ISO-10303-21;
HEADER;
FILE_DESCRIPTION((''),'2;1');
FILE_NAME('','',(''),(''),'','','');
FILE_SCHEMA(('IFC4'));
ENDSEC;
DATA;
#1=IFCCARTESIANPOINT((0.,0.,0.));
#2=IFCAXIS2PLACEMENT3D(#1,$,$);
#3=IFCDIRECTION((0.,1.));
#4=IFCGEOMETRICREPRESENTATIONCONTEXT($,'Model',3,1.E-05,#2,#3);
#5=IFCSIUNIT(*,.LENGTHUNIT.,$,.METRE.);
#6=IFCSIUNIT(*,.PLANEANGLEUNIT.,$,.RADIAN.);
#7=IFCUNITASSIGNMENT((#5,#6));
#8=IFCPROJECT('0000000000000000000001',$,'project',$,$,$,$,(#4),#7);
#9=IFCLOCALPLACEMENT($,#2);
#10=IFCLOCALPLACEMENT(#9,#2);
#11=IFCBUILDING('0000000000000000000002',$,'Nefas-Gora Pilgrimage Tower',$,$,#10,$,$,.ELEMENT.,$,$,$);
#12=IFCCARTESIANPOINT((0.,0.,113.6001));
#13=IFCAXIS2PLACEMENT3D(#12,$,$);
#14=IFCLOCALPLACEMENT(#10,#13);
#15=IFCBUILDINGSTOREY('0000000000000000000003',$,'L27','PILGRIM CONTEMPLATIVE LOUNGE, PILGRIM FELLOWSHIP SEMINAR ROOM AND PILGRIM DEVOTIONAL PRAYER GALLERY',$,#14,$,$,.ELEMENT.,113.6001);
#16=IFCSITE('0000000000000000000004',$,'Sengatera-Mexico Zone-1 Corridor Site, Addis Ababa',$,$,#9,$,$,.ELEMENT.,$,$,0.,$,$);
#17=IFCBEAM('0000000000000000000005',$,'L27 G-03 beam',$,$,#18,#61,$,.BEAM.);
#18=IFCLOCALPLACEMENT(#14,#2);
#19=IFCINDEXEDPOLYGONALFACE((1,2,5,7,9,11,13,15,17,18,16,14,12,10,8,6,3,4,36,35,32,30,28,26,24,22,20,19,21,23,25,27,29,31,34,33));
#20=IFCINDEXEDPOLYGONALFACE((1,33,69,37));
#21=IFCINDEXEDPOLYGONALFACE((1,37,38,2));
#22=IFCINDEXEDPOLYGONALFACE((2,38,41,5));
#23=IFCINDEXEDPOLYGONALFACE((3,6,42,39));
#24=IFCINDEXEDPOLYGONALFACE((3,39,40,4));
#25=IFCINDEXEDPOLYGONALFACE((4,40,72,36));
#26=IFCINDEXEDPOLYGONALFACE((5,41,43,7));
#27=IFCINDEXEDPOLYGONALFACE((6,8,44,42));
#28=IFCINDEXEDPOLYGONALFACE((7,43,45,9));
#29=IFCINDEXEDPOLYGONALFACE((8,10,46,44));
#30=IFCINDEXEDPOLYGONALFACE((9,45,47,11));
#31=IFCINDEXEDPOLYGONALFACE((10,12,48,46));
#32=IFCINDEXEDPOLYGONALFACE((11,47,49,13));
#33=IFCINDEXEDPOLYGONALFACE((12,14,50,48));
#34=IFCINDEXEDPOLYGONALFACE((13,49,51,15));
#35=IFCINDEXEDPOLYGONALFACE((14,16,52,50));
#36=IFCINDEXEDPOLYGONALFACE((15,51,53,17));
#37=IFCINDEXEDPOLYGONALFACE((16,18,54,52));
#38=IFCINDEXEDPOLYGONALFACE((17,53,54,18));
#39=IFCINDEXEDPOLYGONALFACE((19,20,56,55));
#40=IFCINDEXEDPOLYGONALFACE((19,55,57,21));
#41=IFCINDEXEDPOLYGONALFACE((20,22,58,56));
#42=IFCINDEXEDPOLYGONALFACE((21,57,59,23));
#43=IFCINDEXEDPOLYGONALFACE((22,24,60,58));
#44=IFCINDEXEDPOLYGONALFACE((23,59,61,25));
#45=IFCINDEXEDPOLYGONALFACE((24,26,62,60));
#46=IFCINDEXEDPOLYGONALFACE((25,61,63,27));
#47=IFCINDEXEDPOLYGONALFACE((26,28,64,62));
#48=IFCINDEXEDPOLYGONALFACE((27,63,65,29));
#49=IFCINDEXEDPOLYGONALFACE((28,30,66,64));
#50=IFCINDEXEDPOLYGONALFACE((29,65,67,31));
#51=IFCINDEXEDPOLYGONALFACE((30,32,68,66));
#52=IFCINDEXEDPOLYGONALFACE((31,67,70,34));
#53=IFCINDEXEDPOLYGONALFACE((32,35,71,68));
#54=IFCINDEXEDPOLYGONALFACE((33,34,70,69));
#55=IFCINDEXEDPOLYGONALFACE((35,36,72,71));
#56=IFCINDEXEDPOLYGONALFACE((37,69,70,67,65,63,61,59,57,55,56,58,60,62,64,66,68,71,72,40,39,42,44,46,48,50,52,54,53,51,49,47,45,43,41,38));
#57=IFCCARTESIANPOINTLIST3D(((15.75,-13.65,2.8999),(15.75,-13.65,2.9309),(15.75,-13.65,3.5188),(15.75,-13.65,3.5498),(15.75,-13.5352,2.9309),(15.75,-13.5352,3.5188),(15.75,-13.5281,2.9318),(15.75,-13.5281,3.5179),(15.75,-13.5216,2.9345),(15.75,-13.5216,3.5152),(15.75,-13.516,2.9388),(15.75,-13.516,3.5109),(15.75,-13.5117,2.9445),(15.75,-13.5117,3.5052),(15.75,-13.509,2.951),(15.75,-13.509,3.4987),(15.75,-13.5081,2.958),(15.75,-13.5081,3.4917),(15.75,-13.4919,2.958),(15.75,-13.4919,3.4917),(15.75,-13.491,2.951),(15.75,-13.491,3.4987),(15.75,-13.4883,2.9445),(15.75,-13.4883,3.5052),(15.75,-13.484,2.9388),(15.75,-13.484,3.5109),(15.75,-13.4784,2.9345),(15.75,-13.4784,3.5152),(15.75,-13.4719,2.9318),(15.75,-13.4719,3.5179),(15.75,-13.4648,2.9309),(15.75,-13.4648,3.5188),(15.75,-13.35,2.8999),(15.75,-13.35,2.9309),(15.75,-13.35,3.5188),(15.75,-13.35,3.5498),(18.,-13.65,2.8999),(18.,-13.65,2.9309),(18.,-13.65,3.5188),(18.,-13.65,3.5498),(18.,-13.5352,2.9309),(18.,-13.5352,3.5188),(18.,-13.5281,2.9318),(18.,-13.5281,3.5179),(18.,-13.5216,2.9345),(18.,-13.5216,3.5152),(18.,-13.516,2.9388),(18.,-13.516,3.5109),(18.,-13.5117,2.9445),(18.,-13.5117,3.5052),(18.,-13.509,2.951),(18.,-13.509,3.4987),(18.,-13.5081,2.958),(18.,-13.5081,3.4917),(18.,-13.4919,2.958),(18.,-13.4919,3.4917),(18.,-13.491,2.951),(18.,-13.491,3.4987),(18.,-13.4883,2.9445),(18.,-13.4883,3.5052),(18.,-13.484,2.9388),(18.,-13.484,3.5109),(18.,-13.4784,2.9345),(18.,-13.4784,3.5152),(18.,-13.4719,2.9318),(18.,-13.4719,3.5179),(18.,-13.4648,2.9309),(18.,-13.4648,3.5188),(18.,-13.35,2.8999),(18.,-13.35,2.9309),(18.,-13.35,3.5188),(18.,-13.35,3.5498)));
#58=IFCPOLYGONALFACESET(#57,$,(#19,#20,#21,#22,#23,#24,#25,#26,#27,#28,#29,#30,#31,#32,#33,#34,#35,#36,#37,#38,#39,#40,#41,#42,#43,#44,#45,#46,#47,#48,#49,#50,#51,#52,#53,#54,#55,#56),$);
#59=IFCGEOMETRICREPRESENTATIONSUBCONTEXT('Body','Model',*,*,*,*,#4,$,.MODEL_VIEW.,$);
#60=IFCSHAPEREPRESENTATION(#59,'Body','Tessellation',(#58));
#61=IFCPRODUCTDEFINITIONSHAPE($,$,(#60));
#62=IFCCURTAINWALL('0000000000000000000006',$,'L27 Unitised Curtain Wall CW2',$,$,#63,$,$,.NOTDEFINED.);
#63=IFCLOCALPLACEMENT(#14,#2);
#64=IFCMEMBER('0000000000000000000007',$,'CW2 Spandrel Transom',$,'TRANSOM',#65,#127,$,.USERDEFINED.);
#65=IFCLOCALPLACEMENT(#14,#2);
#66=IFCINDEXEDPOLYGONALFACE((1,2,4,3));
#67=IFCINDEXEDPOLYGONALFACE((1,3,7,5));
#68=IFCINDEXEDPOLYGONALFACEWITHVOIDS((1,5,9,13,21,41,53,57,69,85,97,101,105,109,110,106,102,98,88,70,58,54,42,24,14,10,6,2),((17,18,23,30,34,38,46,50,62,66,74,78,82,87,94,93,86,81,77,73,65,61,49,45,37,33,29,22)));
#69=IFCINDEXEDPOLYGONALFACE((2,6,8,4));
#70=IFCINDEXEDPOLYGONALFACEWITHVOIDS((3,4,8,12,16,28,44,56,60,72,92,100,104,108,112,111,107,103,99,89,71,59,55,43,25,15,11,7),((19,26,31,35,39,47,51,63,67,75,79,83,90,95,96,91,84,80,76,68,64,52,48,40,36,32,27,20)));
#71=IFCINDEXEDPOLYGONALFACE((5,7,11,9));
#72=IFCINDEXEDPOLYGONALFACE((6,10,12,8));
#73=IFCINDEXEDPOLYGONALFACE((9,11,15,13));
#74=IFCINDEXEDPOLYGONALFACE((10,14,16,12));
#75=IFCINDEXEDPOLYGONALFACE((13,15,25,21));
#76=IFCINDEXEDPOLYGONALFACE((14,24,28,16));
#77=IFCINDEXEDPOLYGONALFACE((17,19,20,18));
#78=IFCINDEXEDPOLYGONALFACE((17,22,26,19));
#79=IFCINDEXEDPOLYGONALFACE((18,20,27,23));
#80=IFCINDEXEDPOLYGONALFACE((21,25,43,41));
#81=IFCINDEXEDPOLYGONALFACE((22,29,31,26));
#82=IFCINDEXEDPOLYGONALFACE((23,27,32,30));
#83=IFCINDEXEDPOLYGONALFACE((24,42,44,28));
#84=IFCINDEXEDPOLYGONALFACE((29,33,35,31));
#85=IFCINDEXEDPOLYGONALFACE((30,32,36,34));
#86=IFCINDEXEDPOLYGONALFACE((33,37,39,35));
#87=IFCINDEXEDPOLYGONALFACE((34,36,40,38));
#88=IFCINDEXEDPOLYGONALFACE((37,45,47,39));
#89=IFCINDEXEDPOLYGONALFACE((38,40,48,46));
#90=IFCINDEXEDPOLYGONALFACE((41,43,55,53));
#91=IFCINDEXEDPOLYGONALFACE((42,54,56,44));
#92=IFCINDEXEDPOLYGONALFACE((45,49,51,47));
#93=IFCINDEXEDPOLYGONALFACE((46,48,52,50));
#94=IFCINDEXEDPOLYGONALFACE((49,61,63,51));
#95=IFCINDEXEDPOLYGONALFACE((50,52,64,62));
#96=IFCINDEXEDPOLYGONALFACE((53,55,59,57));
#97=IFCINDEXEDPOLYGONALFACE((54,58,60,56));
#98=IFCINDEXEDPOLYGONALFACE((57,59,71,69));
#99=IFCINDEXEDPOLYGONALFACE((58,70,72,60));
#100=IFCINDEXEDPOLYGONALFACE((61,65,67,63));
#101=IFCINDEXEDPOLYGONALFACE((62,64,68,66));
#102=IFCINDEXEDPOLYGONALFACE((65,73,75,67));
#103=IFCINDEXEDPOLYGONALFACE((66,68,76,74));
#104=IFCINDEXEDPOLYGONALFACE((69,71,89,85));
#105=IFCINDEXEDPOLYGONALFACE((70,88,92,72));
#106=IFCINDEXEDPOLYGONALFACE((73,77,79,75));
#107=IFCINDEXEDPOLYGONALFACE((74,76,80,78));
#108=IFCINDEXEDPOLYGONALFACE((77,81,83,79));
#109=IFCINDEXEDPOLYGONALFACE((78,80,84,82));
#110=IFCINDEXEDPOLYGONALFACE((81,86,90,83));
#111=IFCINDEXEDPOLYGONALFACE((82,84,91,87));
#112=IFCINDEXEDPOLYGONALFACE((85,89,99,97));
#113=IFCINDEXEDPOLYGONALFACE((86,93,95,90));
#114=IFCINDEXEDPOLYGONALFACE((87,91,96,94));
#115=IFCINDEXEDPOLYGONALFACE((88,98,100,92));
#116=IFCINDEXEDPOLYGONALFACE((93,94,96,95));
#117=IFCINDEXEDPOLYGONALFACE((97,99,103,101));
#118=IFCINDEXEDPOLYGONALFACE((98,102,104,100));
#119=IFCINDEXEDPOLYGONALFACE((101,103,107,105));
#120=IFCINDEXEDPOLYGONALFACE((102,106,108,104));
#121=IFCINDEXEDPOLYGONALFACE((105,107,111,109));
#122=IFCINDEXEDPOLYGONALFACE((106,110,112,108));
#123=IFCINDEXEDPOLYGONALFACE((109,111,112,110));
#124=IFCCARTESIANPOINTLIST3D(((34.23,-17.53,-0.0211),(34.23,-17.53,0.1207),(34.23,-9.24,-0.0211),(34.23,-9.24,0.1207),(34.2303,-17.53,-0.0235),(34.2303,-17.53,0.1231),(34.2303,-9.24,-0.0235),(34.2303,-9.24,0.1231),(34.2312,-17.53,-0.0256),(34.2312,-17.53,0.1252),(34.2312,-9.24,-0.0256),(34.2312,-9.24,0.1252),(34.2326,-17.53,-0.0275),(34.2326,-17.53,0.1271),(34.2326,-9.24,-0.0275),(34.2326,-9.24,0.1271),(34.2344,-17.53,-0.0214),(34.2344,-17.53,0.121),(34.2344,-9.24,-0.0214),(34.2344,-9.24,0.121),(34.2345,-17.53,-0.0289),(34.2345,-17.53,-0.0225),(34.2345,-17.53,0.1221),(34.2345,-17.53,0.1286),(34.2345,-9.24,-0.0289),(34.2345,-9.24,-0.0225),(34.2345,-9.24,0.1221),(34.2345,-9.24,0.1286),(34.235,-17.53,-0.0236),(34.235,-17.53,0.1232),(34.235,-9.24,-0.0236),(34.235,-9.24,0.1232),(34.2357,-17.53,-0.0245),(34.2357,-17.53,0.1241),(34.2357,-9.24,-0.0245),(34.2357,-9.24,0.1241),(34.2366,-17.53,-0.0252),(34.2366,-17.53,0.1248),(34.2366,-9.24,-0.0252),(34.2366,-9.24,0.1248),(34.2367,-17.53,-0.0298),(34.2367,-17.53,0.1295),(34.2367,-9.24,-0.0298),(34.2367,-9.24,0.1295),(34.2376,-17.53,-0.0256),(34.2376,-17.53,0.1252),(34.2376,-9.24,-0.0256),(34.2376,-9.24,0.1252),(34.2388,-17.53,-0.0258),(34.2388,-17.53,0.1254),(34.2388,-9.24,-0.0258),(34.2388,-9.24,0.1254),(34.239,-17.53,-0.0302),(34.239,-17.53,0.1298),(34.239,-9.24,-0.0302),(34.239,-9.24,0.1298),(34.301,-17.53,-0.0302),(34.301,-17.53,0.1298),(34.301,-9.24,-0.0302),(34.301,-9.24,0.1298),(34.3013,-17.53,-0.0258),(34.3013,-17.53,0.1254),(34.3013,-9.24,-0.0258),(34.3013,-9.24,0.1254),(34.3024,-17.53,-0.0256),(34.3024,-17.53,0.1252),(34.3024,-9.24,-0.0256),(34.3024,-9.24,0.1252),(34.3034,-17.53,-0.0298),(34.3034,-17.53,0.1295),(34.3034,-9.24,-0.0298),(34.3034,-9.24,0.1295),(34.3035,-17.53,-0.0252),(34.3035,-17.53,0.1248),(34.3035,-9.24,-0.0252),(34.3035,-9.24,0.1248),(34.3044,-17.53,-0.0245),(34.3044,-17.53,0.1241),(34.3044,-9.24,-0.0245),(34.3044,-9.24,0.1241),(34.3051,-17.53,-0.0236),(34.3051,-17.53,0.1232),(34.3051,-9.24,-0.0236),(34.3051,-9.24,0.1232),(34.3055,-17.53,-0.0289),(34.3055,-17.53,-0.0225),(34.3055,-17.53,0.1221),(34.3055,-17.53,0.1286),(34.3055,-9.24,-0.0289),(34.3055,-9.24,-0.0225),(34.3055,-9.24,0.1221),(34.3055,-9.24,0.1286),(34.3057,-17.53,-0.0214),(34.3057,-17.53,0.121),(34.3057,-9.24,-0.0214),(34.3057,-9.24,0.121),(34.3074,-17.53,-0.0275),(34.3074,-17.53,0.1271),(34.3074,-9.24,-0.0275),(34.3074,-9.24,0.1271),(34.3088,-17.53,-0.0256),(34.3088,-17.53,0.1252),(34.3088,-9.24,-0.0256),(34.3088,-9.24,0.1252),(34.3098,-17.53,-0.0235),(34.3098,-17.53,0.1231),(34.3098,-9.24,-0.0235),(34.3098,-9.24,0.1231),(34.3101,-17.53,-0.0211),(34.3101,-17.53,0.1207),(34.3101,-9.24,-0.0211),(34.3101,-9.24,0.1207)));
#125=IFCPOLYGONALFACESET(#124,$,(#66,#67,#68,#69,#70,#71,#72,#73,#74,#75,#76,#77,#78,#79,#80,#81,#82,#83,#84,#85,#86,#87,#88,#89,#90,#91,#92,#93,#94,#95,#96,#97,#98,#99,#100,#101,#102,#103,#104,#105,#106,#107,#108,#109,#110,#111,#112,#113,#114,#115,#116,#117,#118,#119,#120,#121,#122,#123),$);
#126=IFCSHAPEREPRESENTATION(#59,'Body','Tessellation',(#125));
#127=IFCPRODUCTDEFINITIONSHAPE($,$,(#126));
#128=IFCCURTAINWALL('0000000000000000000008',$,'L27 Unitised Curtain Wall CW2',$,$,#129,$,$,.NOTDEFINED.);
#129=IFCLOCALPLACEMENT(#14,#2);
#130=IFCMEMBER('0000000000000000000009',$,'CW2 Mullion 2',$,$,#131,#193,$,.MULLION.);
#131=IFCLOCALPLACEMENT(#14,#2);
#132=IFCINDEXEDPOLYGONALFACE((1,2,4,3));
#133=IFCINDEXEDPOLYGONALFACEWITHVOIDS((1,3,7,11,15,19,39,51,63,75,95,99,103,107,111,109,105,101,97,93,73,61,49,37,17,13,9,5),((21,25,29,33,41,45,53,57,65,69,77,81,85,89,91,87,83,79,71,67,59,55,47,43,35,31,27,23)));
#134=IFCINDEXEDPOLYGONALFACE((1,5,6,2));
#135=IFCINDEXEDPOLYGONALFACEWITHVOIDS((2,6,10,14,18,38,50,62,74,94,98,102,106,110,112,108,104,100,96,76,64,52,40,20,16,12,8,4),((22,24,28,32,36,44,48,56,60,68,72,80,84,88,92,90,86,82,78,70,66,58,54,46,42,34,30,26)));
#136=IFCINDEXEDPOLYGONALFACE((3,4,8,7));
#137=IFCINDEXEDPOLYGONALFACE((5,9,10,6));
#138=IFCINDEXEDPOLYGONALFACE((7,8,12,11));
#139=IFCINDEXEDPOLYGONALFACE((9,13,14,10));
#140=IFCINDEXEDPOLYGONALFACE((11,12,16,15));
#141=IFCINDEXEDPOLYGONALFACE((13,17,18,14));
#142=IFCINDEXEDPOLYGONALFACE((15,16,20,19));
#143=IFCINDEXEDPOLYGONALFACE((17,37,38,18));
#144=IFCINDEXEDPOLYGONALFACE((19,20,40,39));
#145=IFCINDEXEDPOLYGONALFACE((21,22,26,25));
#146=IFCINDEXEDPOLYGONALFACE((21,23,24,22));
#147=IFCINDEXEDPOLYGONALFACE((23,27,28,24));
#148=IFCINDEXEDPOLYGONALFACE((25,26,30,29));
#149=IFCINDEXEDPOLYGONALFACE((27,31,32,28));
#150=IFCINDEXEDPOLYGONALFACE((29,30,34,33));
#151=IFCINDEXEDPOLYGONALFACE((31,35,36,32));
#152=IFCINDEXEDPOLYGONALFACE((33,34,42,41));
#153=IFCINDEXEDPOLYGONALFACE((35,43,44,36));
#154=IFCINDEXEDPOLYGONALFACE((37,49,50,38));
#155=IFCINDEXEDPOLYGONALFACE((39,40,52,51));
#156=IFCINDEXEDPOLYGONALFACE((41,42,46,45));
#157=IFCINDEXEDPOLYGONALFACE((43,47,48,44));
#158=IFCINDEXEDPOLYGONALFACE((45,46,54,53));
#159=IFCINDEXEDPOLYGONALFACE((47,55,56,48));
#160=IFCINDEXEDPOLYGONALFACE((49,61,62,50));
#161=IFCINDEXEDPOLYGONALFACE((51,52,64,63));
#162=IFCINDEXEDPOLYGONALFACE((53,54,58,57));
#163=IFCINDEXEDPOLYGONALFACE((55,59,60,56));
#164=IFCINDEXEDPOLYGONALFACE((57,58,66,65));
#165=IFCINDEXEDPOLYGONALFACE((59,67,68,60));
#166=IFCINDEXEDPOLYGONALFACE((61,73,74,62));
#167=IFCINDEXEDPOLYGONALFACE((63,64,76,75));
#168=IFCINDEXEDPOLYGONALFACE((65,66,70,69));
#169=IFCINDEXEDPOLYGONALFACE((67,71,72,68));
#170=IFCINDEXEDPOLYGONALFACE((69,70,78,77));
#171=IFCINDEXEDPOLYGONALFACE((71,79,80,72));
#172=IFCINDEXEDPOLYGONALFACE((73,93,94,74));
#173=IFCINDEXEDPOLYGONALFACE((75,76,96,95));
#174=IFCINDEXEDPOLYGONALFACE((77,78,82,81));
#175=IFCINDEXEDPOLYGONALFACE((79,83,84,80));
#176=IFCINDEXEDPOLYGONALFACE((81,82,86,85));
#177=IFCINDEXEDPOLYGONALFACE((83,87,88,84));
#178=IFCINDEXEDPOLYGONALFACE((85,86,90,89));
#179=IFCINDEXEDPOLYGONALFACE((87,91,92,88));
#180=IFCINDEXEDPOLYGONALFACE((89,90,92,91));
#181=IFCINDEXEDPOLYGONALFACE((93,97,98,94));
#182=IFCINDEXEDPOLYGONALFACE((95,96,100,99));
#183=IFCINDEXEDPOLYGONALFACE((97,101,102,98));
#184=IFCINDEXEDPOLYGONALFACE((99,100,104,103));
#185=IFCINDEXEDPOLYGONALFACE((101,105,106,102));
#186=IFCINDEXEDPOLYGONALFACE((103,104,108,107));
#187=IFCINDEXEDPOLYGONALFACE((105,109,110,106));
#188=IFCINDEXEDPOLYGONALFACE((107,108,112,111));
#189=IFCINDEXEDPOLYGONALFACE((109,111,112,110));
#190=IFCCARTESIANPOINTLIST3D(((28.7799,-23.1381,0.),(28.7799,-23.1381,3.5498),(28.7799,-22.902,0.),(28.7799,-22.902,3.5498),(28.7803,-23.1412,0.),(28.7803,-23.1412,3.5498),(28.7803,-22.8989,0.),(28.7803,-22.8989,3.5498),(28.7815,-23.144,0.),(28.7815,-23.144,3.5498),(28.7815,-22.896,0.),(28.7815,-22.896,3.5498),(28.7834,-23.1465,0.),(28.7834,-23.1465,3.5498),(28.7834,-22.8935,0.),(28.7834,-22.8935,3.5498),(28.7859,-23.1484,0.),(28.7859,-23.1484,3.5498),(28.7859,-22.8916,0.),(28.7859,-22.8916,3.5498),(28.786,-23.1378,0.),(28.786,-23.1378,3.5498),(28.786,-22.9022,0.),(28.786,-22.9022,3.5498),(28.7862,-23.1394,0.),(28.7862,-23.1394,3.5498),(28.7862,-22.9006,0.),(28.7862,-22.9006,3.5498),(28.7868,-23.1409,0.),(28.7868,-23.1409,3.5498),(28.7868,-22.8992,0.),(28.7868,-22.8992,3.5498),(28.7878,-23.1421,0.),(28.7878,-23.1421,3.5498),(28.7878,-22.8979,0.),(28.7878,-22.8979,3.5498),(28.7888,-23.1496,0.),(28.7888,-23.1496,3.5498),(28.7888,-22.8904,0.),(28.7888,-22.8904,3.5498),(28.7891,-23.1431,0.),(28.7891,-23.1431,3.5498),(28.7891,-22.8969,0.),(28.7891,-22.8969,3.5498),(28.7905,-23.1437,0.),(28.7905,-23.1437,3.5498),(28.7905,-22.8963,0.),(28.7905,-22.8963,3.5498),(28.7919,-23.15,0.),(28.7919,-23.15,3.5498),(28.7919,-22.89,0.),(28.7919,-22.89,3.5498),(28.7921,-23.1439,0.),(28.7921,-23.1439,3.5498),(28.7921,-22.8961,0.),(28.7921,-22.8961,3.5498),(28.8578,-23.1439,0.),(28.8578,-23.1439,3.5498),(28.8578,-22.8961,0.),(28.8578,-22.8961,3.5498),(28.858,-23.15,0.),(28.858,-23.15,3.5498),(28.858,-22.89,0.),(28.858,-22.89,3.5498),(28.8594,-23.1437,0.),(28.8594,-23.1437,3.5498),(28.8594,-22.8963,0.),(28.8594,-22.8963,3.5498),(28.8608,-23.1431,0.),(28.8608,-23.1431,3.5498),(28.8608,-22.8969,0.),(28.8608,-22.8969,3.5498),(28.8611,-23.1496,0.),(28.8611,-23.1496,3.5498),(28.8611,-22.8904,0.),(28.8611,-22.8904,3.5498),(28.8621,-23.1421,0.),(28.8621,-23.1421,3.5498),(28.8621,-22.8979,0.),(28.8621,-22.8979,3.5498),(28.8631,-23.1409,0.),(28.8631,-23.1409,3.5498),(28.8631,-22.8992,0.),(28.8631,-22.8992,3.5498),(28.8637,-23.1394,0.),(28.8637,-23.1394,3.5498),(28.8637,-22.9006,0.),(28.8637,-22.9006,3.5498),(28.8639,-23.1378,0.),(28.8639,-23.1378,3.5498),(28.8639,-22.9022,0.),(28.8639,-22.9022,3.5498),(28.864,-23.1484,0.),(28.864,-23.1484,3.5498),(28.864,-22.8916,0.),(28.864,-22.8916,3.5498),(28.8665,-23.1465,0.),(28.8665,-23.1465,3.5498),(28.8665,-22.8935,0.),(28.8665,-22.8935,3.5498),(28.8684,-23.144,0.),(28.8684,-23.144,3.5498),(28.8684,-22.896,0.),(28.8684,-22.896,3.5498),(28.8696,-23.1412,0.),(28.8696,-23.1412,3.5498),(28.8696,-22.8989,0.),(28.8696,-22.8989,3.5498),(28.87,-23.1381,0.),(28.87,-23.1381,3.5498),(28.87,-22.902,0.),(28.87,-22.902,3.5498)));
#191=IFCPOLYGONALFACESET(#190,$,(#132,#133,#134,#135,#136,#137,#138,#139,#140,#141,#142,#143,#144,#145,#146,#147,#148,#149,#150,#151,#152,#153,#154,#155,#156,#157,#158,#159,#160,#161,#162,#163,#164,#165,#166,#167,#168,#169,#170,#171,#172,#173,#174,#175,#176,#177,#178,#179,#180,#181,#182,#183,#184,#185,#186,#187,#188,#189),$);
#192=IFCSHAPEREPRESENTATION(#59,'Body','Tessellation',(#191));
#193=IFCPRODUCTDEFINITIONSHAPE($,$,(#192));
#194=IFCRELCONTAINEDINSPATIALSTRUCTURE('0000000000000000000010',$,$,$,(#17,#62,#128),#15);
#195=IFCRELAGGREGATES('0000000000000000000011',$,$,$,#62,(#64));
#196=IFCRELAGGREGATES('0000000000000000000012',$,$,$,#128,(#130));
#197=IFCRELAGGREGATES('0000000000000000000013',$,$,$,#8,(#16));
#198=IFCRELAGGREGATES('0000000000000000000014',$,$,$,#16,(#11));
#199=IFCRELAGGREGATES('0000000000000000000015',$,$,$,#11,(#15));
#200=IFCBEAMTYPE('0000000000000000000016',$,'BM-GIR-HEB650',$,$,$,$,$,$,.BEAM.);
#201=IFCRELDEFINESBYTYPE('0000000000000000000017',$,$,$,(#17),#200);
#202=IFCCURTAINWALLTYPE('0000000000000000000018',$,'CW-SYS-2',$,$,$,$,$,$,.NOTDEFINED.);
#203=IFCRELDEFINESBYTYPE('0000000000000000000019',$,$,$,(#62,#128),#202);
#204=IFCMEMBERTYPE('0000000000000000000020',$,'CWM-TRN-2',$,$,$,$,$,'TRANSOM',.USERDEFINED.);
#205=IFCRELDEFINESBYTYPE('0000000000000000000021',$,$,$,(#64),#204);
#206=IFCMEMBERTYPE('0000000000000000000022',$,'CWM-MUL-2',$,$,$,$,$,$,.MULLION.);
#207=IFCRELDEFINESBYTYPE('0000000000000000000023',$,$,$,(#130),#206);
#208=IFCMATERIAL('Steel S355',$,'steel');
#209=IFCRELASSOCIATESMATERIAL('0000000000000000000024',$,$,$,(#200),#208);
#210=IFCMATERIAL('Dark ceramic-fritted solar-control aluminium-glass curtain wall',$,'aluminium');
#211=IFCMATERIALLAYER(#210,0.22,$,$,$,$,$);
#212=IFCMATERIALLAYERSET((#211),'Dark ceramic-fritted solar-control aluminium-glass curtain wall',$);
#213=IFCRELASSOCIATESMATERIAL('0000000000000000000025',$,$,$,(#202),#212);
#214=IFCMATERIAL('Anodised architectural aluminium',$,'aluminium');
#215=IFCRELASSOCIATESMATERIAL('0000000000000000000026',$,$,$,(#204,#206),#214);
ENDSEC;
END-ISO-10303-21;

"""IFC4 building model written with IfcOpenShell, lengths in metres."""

from ifc_helpers import new_model, si_unit, direction, frame, origin, origin_2d, place, context, subcontext, project, spatial, hollow_rectangle, i_section, extrude, source, transform, mapped, material, layer, layer_set, material_profile, profile_set, type_object, element, aggregate, save


model = new_model("IFC4")

# Units and contexts
model_context = context("Model", 3, precision=1e-05, world=origin(), true_north=direction((0.0, 1.0)))
body_context = subcontext(model_context, "Body", "Model", "MODEL_VIEW")
ifc_project = project(units=[si_unit("LENGTHUNIT", "METRE"), si_unit("PLANEANGLEUNIT", "RADIAN")], contexts=[model_context])

# Site, building, storey
site_placement = place(None, origin())
site = spatial("IfcSite", under=ifc_project, at=site_placement, Name="Sengatera-Mexico Zone-1 Corridor Site, Addis Ababa", CompositionType="ELEMENT", RefElevation=0.0)
building_placement = place(site_placement, origin())
building = spatial("IfcBuilding", under=site, at=building_placement, Name="Nefas-Gora Pilgrimage Tower", CompositionType="ELEMENT")
storey_placement = place(building_placement, frame((0.0, 0.0, 113.6001)))
storey = spatial("IfcBuildingStorey", under=building, at=storey_placement, Name="L27", Description="PILGRIM CONTEMPLATIVE LOUNGE, PILGRIM FELLOWSHIP SEMINAR ROOM AND PILGRIM DEVOTIONAL PRAYER GALLERY", CompositionType="ELEMENT", Elevation=113.6001)

# Beam
ifc_material_1 = material(Name="Steel S355", Category="steel")
ifc_material_profile_1 = material_profile(ifc_material_1, i_section(OverallWidth=0.3, OverallDepth=0.6499, WebThickness=0.0161, FlangeThickness=0.031, FilletRadius=0.0271, at=origin_2d()), Name="HEB 650")
ifc_profile_set_1 = profile_set([ifc_material_profile_1], Name="Steel S355")
beam_type_1 = type_object("IfcBeamType", Name="BM-GIR-HEB650", PredefinedType="BEAM", material=ifc_profile_set_1)
shared_shape_1 = source(origin(), body_context, "Body", "SweptSolid", [
    extrude(i_section(OverallWidth=0.3, OverallDepth=0.6499, WebThickness=0.0161, FlangeThickness=0.031, FilletRadius=0.0271, at=origin_2d()), origin(), (0.0, 0.0, 1.0), 2.25),
])
beam_1_placement = place(storey_placement, frame((15.75, -13.5, 3.2249), z_axis=(1.0, 0.0, 0.0), x_axis=(0.0, 1.0, 0.0)))
element("IfcBeam", 1, at=beam_1_placement, inside=storey, type_object=beam_type_1, Name="L27 G-03 beam", PredefinedType="BEAM", context=body_context, shape_type="MappedRepresentation", body=[
    mapped(shared_shape_1, transform((0.0, 0.0, 0.0), x_axis=(1.0, 0.0, 0.0), y_axis=(0.0, 1.0, 0.0), z_axis=(0.0, 0.0, 1.0), scale=1.0)),
])

# Curtain walls, members
ifc_material_2 = material(Name="Dark ceramic-fritted solar-control aluminium-glass curtain wall", Category="aluminium")
ifc_layer_1 = layer(ifc_material_2, 0.22)
ifc_layer_set_1 = layer_set([ifc_layer_1], Name="Dark ceramic-fritted solar-control aluminium-glass curtain wall")
curtain_wall_type = type_object("IfcCurtainWallType", Name="CW-SYS-2", PredefinedType="NOTDEFINED", material=ifc_layer_set_1)
curtain_wall_1_placement = place(storey_placement, origin())
curtain_wall_1 = element("IfcCurtainWall", 2, at=curtain_wall_1_placement, inside=storey, type_object=curtain_wall_type, Name="L27 Unitised Curtain Wall CW2", PredefinedType="NOTDEFINED")
ifc_material_3 = material(Name="Anodised architectural aluminium", Category="aluminium")
ifc_material_profile_2 = material_profile(ifc_material_3, hollow_rectangle(XDim=0.0801, YDim=0.1599, WallThickness=0.0044, InnerFilletRadius=0.0044, OuterFilletRadius=0.009, at=origin_2d()), Name="ALU TRANSOM 80x160")
ifc_profile_set_2 = profile_set([ifc_material_profile_2], Name="Anodised architectural aluminium")
member_type_1 = type_object("IfcMemberType", Name="CWM-TRN-2", ElementType="TRANSOM", PredefinedType="USERDEFINED", material=ifc_profile_set_2)
shared_shape_2 = source(origin(), body_context, "Body", "SweptSolid", [
    extrude(hollow_rectangle(XDim=0.0801, YDim=0.1599, WallThickness=0.0044, InnerFilletRadius=0.0044, OuterFilletRadius=0.009, at=origin_2d()), origin(), (0.0, 0.0, 1.0), 8.29),
])
member_1_placement = place(storey_placement, frame((34.27, -17.53, 0.0498), z_axis=(0.0, 1.0, 0.0), x_axis=(-1.0, 0.0, 0.0)))
member_1 = element("IfcMember", 3, at=member_1_placement, type_object=member_type_1, Name="CW2 Spandrel Transom", ObjectType="TRANSOM", PredefinedType="USERDEFINED", context=body_context, shape_type="MappedRepresentation", body=[
    mapped(shared_shape_2, transform((0.0, 0.0, 0.0), x_axis=(1.0, 0.0, 0.0), y_axis=(0.0, 1.0, 0.0), z_axis=(0.0, 0.0, 1.0), scale=1.0)),
])
curtain_wall_2_placement = place(storey_placement, origin())
curtain_wall_2 = element("IfcCurtainWall", 4, at=curtain_wall_2_placement, inside=storey, type_object=curtain_wall_type, Name="L27 Unitised Curtain Wall CW2", PredefinedType="NOTDEFINED")
ifc_material_profile_3 = material_profile(ifc_material_3, hollow_rectangle(XDim=0.0901, YDim=0.26, WallThickness=0.0061, InnerFilletRadius=0.0061, OuterFilletRadius=0.012, at=origin_2d()), Name="ALU MULLION 90x260")
ifc_profile_set_3 = profile_set([ifc_material_profile_3], Name="Anodised architectural aluminium")
member_type_2 = type_object("IfcMemberType", Name="CWM-MUL-2", PredefinedType="MULLION", material=ifc_profile_set_3)
shared_shape_3 = source(origin(), body_context, "Body", "SweptSolid", [
    extrude(hollow_rectangle(XDim=0.0901, YDim=0.26, WallThickness=0.0061, InnerFilletRadius=0.0061, OuterFilletRadius=0.012, at=origin_2d()), origin(), (0.0, 0.0, 1.0), 3.5498),
])
member_2_placement = place(storey_placement, frame((28.825, -23.02, 0.0), z_axis=(0.0, 0.0, 1.0), x_axis=(1.0, 0.0, 0.0)))
member_2 = element("IfcMember", 5, at=member_2_placement, type_object=member_type_2, Name="CW2 Mullion 2", PredefinedType="MULLION", context=body_context, shape_type="MappedRepresentation", body=[
    mapped(shared_shape_3, transform((0.0, 0.0, 0.0), x_axis=(1.0, 0.0, 0.0), y_axis=(0.0, 1.0, 0.0), z_axis=(0.0, 0.0, 1.0), scale=1.0)),
])

aggregate(curtain_wall_1, [member_1])

aggregate(curtain_wall_2, [member_2])

save(model, "model.ifc")
